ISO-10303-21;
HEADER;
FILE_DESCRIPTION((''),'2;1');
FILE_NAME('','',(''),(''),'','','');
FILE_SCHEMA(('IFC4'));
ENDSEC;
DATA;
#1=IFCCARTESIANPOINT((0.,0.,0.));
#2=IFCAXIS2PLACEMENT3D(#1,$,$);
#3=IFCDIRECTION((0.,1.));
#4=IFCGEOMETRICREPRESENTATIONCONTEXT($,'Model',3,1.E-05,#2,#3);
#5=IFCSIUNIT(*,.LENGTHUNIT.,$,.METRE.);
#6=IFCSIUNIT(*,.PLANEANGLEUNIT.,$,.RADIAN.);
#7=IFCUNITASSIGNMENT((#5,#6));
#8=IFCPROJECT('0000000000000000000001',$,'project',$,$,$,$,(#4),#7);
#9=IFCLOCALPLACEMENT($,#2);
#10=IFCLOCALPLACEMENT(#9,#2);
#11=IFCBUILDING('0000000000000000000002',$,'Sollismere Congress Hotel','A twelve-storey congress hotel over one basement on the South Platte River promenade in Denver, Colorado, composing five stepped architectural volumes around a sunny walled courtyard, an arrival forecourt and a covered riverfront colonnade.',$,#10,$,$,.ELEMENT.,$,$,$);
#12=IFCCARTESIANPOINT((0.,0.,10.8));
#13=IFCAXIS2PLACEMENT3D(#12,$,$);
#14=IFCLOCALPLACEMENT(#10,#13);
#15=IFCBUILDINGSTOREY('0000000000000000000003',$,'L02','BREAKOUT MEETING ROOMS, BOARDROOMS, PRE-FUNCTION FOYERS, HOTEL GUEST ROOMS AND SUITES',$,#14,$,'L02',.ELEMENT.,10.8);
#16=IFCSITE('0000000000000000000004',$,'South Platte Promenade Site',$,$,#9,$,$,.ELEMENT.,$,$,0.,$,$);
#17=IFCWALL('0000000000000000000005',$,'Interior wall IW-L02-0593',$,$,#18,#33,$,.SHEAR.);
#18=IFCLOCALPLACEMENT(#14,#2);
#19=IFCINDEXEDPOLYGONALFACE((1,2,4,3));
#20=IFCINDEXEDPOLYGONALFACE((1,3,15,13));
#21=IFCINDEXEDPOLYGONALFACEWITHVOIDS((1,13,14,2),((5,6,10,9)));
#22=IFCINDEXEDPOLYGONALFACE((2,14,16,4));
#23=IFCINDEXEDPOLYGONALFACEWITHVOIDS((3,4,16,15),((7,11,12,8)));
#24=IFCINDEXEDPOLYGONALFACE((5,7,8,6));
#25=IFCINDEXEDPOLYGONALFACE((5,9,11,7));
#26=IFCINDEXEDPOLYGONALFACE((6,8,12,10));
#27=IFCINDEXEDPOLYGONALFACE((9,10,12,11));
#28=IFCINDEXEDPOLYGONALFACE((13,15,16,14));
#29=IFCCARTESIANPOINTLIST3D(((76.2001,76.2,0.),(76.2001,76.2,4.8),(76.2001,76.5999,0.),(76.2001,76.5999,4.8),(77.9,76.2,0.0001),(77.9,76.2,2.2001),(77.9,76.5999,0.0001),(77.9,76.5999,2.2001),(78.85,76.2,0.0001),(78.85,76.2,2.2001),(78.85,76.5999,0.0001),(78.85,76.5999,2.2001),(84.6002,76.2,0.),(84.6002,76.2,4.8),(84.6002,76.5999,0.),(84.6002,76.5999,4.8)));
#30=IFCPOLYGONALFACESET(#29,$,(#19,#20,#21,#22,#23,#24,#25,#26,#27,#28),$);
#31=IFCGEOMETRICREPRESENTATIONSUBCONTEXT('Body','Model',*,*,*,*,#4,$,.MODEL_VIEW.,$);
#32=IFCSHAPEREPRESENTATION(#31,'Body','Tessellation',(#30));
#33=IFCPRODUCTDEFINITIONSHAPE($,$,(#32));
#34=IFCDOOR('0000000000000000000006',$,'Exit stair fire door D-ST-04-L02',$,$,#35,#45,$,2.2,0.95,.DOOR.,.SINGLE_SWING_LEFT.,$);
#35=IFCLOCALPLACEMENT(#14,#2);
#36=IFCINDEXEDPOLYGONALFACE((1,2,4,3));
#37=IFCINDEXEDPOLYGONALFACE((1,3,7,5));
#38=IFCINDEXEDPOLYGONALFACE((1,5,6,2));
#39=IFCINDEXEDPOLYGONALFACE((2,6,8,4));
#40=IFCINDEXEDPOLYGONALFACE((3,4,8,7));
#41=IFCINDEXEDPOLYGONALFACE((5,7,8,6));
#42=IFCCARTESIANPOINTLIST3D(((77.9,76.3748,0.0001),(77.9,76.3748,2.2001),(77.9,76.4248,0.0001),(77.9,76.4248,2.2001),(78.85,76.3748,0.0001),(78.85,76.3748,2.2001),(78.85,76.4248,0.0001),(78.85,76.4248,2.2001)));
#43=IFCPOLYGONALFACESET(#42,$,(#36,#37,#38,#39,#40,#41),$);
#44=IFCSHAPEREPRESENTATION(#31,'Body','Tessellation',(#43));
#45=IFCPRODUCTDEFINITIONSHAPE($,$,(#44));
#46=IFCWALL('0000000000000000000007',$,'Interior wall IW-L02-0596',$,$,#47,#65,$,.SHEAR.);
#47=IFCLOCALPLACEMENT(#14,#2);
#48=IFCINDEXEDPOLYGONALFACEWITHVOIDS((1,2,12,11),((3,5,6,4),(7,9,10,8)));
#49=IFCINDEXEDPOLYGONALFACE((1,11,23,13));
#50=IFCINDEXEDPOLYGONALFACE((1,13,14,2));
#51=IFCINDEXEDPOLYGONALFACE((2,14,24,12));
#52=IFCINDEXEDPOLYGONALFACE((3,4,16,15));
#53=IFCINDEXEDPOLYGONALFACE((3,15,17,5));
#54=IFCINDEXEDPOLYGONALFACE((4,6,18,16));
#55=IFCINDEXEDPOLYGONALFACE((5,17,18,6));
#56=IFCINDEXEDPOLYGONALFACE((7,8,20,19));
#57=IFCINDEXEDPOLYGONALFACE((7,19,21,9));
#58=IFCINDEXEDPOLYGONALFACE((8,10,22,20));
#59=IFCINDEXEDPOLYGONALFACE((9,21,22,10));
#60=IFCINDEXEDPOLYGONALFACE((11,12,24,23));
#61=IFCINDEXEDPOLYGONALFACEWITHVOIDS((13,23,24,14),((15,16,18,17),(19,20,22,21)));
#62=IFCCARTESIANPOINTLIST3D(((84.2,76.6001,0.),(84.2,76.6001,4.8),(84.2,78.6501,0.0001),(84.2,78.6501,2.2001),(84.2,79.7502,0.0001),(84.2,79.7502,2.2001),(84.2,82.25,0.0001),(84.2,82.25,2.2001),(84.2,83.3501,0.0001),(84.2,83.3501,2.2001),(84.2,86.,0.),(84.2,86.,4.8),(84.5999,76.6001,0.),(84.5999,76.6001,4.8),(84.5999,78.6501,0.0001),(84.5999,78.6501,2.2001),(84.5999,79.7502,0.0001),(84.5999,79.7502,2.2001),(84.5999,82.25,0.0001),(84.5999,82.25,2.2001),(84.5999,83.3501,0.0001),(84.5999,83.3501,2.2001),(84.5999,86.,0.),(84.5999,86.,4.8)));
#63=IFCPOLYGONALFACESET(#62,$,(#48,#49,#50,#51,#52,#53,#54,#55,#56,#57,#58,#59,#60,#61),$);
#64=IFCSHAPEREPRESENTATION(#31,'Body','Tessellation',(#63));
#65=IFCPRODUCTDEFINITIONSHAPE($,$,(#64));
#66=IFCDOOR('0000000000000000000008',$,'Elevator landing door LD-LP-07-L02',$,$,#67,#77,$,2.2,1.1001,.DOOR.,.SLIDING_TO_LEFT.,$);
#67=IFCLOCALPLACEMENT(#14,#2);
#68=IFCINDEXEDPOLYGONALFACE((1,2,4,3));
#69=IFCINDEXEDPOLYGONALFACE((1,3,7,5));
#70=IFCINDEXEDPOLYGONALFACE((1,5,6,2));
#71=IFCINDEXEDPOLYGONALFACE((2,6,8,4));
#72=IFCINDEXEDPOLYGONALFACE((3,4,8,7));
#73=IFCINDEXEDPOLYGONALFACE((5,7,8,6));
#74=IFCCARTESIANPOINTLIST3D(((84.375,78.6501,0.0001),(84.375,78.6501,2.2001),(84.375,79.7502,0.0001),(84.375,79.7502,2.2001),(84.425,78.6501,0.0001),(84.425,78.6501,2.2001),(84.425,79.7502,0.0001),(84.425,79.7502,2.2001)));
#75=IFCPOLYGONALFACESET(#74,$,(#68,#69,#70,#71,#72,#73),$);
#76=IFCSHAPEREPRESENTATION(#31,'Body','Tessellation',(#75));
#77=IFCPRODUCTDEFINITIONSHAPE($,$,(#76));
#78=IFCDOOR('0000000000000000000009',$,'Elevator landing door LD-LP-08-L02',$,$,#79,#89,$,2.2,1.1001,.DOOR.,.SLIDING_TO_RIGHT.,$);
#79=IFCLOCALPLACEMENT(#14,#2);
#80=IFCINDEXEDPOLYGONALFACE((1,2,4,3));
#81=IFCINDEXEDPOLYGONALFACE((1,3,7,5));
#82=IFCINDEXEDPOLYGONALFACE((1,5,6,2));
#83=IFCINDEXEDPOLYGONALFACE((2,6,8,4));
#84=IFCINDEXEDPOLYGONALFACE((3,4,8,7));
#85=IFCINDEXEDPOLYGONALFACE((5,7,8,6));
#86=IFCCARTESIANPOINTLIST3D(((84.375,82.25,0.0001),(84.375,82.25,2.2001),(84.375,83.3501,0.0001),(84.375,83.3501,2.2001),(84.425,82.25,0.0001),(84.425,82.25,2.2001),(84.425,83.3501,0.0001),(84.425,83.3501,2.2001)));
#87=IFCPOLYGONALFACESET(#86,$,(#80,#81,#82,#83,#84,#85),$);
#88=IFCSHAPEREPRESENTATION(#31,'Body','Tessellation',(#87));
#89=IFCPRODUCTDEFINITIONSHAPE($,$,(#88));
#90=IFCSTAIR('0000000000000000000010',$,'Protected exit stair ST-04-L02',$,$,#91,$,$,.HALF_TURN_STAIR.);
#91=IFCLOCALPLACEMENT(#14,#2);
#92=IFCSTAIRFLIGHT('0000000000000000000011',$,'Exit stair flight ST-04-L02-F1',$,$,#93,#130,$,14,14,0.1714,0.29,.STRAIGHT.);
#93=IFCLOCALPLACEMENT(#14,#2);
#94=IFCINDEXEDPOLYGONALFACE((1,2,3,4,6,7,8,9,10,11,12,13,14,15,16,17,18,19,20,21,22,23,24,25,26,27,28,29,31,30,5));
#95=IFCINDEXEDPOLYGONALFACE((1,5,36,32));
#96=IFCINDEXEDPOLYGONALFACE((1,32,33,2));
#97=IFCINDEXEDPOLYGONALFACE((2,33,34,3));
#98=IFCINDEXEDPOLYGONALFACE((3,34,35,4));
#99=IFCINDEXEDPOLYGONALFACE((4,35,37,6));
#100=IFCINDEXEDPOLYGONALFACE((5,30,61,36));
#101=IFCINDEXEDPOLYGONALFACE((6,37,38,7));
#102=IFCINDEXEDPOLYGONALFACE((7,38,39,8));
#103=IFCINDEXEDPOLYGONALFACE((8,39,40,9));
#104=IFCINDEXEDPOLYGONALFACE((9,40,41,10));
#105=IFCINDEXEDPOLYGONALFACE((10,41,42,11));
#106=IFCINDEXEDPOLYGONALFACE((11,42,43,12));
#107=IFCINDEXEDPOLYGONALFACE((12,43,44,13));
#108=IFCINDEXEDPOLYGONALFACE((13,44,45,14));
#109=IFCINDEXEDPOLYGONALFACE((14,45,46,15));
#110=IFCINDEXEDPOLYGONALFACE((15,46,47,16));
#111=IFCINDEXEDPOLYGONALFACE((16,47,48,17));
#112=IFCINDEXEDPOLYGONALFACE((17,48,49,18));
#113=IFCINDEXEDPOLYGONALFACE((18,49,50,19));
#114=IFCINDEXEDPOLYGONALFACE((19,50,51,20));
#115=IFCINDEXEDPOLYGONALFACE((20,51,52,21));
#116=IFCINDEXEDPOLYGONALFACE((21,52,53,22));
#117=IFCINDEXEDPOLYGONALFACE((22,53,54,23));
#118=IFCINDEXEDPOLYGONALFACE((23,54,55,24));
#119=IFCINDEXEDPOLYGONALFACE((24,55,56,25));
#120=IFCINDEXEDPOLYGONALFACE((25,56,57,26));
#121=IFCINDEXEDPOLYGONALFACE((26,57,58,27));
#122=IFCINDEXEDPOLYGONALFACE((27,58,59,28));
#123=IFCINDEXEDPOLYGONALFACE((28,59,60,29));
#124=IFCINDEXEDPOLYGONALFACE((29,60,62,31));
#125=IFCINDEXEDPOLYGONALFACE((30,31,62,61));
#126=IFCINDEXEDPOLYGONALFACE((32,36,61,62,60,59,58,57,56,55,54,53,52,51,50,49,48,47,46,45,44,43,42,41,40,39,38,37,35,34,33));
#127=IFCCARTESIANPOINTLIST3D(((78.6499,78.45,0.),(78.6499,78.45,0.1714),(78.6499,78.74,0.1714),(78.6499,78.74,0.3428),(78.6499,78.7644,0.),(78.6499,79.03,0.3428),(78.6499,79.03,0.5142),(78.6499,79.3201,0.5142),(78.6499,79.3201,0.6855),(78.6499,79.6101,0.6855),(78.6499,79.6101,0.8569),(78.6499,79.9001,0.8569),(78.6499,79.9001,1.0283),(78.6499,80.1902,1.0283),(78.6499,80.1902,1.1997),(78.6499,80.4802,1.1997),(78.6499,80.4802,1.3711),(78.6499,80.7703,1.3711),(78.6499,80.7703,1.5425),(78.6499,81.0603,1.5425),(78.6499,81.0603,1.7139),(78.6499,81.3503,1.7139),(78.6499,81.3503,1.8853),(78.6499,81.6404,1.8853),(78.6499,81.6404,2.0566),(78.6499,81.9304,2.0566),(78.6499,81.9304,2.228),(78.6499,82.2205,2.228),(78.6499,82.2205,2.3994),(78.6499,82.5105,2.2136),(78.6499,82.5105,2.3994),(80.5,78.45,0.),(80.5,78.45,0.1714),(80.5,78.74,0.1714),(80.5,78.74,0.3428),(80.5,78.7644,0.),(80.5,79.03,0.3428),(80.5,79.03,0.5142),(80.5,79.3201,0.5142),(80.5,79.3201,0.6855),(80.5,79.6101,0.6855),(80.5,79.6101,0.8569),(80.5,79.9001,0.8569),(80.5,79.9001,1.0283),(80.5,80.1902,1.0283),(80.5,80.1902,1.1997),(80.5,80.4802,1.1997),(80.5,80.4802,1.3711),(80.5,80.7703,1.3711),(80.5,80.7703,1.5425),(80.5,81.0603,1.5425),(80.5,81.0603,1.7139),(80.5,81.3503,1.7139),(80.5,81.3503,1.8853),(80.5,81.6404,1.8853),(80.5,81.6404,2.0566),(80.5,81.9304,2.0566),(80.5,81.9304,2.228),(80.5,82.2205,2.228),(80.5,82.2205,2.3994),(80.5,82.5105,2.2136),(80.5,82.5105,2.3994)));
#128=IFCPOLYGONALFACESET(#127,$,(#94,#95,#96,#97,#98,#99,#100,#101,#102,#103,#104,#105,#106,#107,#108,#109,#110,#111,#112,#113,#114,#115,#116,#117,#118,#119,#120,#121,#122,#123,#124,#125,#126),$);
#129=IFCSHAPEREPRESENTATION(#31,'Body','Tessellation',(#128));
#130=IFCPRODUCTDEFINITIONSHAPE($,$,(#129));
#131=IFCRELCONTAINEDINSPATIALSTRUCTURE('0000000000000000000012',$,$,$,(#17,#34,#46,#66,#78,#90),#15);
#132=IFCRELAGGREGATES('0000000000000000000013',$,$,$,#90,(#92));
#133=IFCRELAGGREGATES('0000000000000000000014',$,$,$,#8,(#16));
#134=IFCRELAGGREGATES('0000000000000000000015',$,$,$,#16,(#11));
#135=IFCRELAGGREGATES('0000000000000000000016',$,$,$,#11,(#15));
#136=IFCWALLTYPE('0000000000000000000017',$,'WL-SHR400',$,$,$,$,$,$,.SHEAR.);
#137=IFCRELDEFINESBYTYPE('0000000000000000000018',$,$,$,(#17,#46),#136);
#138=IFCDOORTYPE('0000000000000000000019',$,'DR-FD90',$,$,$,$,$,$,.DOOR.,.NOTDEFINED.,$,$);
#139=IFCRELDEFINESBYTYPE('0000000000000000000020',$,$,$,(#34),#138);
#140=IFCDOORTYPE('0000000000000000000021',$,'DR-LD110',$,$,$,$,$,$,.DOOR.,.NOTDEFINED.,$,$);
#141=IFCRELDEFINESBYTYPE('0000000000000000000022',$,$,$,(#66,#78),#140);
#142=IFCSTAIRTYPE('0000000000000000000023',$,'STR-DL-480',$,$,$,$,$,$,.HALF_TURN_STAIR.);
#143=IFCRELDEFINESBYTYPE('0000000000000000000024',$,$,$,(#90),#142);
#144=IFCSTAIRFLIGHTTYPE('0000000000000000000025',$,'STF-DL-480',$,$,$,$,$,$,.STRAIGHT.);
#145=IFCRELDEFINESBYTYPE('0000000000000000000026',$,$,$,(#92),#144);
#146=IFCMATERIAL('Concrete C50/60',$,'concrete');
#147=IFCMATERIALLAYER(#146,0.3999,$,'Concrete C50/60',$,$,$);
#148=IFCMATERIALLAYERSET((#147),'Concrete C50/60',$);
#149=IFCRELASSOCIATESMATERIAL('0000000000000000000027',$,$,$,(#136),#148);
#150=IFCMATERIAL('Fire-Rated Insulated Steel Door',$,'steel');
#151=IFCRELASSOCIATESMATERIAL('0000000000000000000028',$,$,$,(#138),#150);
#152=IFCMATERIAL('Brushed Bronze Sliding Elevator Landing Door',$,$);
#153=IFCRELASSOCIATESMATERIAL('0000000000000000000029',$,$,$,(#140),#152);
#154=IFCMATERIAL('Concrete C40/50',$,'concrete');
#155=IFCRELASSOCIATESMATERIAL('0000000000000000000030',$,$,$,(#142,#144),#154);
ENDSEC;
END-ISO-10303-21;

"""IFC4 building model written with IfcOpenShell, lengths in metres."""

from ifc_helpers import new_model, si_unit, direction, frame, frame_2d, origin, place, context, subcontext, project, spatial, polyline, rectangle, outline, extrude, material, layer, layer_set, type_object, element, fill, aggregate, save


model = new_model("IFC4")

# Units and contexts
model_context = context("Model", 3, precision=1e-05, world=origin(), true_north=direction((0.0, 1.0)))
body_context = subcontext(model_context, "Body", "Model", "MODEL_VIEW")
ifc_project = project(units=[si_unit("LENGTHUNIT", "METRE"), si_unit("PLANEANGLEUNIT", "RADIAN")], contexts=[model_context])

# Site, building, storey
site_placement = place(None, origin())
site = spatial("IfcSite", under=ifc_project, at=site_placement, Name="South Platte Promenade Site", CompositionType="ELEMENT", RefElevation=0.0)
building_placement = place(site_placement, origin())
building = spatial("IfcBuilding", under=site, at=building_placement, Name="Sollismere Congress Hotel", Description="A twelve-storey congress hotel over one basement on the South Platte River promenade in Denver, Colorado, composing five stepped architectural volumes around a sunny walled courtyard, an arrival forecourt and a covered riverfront colonnade.", CompositionType="ELEMENT")
storey_placement = place(building_placement, frame((0.0, 0.0, 10.8)))
storey = spatial("IfcBuildingStorey", under=building, at=storey_placement, Name="L02", Description="BREAKOUT MEETING ROOMS, BOARDROOMS, PRE-FUNCTION FOYERS, HOTEL GUEST ROOMS AND SUITES", LongName="L02", CompositionType="ELEMENT", Elevation=10.8)

# Shared definitions
ifc_material_1 = material(Name="Concrete C50/60", Category="concrete")

# Wall, opening, door
ifc_layer_1 = layer(ifc_material_1, 0.3999, Name="Concrete C50/60")
ifc_layer_set_1 = layer_set([ifc_layer_1], Name="Concrete C50/60")
wall_type_1 = type_object("IfcWallType", Name="WL-SHR400", PredefinedType="SHEAR", material=ifc_layer_set_1)
wall_1_placement = place(storey_placement, frame((76.2, 76.3999, 0.0), z_axis=(0.0, 0.0, 1.0), x_axis=(1.0, 0.0, 0.0)))
wall_1 = element("IfcWall", 1, at=wall_1_placement, inside=storey, type_object=wall_type_1, Name="Interior wall IW-L02-0593", PredefinedType="SHEAR", context=body_context, shape_type="SweptSolid", body=[
    extrude(rectangle(XDim=8.4001, YDim=0.3999, at=frame_2d((4.2002, 0.0))), origin(), (0.0, 0.0, 1.0), 4.8),
])
opening_1_placement = place(wall_1_placement, frame((1.7, 0.0, 0.0)))
opening_1 = element("IfcOpeningElement", 2, at=opening_1_placement, cuts=wall_1, PredefinedType="OPENING", context=body_context, shape_type="SweptSolid", body=[
    extrude(rectangle(XDim=0.95, YDim=2.2, at=frame_2d((0.4751, 1.1001))), frame((0.0, 0.21, 0.0), z_axis=(0.0, -1.0, 0.0), x_axis=(1.0, 0.0, 0.0)), (0.0, 0.0, 1.0), 0.4199),
])
ifc_material_2 = material(Name="Fire-Rated Insulated Steel Door", Category="steel")
door_type_1 = type_object("IfcDoorType", Name="DR-FD90", OperationType="NOTDEFINED", PredefinedType="DOOR", material=ifc_material_2)
door_1_placement = place(opening_1_placement, origin())
door_1 = element("IfcDoor", 3, at=door_1_placement, inside=storey, type_object=door_type_1, Name="Exit stair fire door D-ST-04-L02", OperationType="SINGLE_SWING_LEFT", OverallHeight=2.2, OverallWidth=0.95, PredefinedType="DOOR", context=body_context, shape_type="SweptSolid", body=[
    extrude(rectangle(XDim=0.95, YDim=2.2, at=frame_2d((0.4751, 1.1001))), frame((0.0, 0.0249, 0.0), z_axis=(0.0, -1.0, 0.0), x_axis=(1.0, 0.0, 0.0)), (0.0, 0.0, 1.0), 0.05),
])
fill(opening_1, door_1)

# Wall, openings, doors
wall_2_placement = place(storey_placement, frame((84.3999, 76.6001, 0.0), z_axis=(0.0, 0.0, 1.0), x_axis=(0.0, 1.0, 0.0)))
wall_2 = element("IfcWall", 4, at=wall_2_placement, inside=storey, type_object=wall_type_1, Name="Interior wall IW-L02-0596", PredefinedType="SHEAR", context=body_context, shape_type="SweptSolid", body=[
    extrude(rectangle(XDim=9.3999, YDim=0.3999, at=frame_2d((4.7, 0.0))), origin(), (0.0, 0.0, 1.0), 4.8),
])
opening_2_placement = place(wall_2_placement, frame((2.05, 0.0, 0.0)))
opening_2 = element("IfcOpeningElement", 5, at=opening_2_placement, cuts=wall_2, PredefinedType="OPENING", context=body_context, shape_type="SweptSolid", body=[
    extrude(rectangle(XDim=1.1001, YDim=2.2, at=frame_2d((0.55, 1.1001))), frame((0.0, 0.21, 0.0), z_axis=(0.0, -1.0, 0.0), x_axis=(1.0, 0.0, 0.0)), (0.0, 0.0, 1.0), 0.4199),
])
opening_3_placement = place(wall_2_placement, frame((5.6499, 0.0, 0.0)))
opening_3 = element("IfcOpeningElement", 6, at=opening_3_placement, cuts=wall_2, PredefinedType="OPENING", context=body_context, shape_type="SweptSolid", body=[
    extrude(rectangle(XDim=1.1001, YDim=2.2, at=frame_2d((0.55, 1.1001))), frame((0.0, 0.21, 0.0), z_axis=(0.0, -1.0, 0.0), x_axis=(1.0, 0.0, 0.0)), (0.0, 0.0, 1.0), 0.4199),
])
ifc_material_3 = material(Name="Brushed Bronze Sliding Elevator Landing Door")
door_type_2 = type_object("IfcDoorType", Name="DR-LD110", OperationType="NOTDEFINED", PredefinedType="DOOR", material=ifc_material_3)
door_2_placement = place(opening_2_placement, origin())
door_2 = element("IfcDoor", 7, at=door_2_placement, inside=storey, type_object=door_type_2, Name="Elevator landing door LD-LP-07-L02", OperationType="SLIDING_TO_LEFT", OverallHeight=2.2, OverallWidth=1.1001, PredefinedType="DOOR", context=body_context, shape_type="SweptSolid", body=[
    extrude(rectangle(XDim=1.1001, YDim=2.2, at=frame_2d((0.55, 1.1001))), frame((0.0, 0.0249, 0.0), z_axis=(0.0, -1.0, 0.0), x_axis=(1.0, 0.0, 0.0)), (0.0, 0.0, 1.0), 0.05),
])
fill(opening_2, door_2)
door_3_placement = place(opening_3_placement, origin())
door_3 = element("IfcDoor", 8, at=door_3_placement, inside=storey, type_object=door_type_2, Name="Elevator landing door LD-LP-08-L02", OperationType="SLIDING_TO_RIGHT", OverallHeight=2.2, OverallWidth=1.1001, PredefinedType="DOOR", context=body_context, shape_type="SweptSolid", body=[
    extrude(rectangle(XDim=1.1001, YDim=2.2, at=frame_2d((0.55, 1.1001))), frame((0.0, 0.0249, 0.0), z_axis=(0.0, -1.0, 0.0), x_axis=(1.0, 0.0, 0.0)), (0.0, 0.0, 1.0), 0.05),
])
fill(opening_3, door_3)

# Stair, stair flight
ifc_material_4 = material(Name="Concrete C40/50", Category="concrete")
stair_type = type_object("IfcStairType", Name="STR-DL-480", PredefinedType="HALF_TURN_STAIR", material=ifc_material_4)
stair_placement = place(storey_placement, origin())
stair = element("IfcStair", 9, at=stair_placement, inside=storey, type_object=stair_type, Name="Protected exit stair ST-04-L02", PredefinedType="HALF_TURN_STAIR")
stair_flight_type = type_object("IfcStairFlightType", Name="STF-DL-480", PredefinedType="STRAIGHT", material=ifc_material_4)
stair_flight_placement = place(storey_placement, frame((79.575, 78.45, 0.0), z_axis=(0.0, 0.0, 1.0), x_axis=(0.0, 1.0, 0.0)))
stair_flight = element("IfcStairFlight", 10, at=stair_flight_placement, type_object=stair_flight_type, Name="Exit stair flight ST-04-L02-F1", NumberOfRisers=14, NumberOfTreads=14, PredefinedType="STRAIGHT", RiserHeight=0.1714, TreadLength=0.29, context=body_context, shape_type="SweptSolid", body=[
    extrude(outline(polyline([(0.0, 0.0), (0.0, 0.1714), (0.29, 0.1714), (0.29, 0.3428), (0.5801, 0.3428), (0.5801, 0.5142), (0.8701, 0.5142), (0.8701, 0.6855), (1.1602, 0.6855), (1.1602, 0.8569), (1.4502, 0.8569), (1.4502, 1.0283), (1.7402, 1.0283), (1.7402, 1.1997), (2.0303, 1.1997), (2.0303, 1.3711), (2.3203, 1.3711), (2.3203, 1.5425), (2.6104, 1.5425), (2.6104, 1.7139), (2.9004, 1.7139), (2.9004, 1.8853), (3.1904, 1.8853), (3.1904, 2.0566), (3.4805, 2.0566), (3.4805, 2.228), (3.7705, 2.228), (3.7705, 2.3994), (4.0605, 2.3994), (4.0605, 2.2136), (0.3145, 0.0), (0.0, 0.0)])), frame((0.0, 0.925, 0.0), z_axis=(0.0, -1.0, 0.0), x_axis=(1.0, 0.0, 0.0)), (0.0, 0.0, 1.0), 1.8501),
])
aggregate(stair, [stair_flight])

save(model, "model.ifc")
